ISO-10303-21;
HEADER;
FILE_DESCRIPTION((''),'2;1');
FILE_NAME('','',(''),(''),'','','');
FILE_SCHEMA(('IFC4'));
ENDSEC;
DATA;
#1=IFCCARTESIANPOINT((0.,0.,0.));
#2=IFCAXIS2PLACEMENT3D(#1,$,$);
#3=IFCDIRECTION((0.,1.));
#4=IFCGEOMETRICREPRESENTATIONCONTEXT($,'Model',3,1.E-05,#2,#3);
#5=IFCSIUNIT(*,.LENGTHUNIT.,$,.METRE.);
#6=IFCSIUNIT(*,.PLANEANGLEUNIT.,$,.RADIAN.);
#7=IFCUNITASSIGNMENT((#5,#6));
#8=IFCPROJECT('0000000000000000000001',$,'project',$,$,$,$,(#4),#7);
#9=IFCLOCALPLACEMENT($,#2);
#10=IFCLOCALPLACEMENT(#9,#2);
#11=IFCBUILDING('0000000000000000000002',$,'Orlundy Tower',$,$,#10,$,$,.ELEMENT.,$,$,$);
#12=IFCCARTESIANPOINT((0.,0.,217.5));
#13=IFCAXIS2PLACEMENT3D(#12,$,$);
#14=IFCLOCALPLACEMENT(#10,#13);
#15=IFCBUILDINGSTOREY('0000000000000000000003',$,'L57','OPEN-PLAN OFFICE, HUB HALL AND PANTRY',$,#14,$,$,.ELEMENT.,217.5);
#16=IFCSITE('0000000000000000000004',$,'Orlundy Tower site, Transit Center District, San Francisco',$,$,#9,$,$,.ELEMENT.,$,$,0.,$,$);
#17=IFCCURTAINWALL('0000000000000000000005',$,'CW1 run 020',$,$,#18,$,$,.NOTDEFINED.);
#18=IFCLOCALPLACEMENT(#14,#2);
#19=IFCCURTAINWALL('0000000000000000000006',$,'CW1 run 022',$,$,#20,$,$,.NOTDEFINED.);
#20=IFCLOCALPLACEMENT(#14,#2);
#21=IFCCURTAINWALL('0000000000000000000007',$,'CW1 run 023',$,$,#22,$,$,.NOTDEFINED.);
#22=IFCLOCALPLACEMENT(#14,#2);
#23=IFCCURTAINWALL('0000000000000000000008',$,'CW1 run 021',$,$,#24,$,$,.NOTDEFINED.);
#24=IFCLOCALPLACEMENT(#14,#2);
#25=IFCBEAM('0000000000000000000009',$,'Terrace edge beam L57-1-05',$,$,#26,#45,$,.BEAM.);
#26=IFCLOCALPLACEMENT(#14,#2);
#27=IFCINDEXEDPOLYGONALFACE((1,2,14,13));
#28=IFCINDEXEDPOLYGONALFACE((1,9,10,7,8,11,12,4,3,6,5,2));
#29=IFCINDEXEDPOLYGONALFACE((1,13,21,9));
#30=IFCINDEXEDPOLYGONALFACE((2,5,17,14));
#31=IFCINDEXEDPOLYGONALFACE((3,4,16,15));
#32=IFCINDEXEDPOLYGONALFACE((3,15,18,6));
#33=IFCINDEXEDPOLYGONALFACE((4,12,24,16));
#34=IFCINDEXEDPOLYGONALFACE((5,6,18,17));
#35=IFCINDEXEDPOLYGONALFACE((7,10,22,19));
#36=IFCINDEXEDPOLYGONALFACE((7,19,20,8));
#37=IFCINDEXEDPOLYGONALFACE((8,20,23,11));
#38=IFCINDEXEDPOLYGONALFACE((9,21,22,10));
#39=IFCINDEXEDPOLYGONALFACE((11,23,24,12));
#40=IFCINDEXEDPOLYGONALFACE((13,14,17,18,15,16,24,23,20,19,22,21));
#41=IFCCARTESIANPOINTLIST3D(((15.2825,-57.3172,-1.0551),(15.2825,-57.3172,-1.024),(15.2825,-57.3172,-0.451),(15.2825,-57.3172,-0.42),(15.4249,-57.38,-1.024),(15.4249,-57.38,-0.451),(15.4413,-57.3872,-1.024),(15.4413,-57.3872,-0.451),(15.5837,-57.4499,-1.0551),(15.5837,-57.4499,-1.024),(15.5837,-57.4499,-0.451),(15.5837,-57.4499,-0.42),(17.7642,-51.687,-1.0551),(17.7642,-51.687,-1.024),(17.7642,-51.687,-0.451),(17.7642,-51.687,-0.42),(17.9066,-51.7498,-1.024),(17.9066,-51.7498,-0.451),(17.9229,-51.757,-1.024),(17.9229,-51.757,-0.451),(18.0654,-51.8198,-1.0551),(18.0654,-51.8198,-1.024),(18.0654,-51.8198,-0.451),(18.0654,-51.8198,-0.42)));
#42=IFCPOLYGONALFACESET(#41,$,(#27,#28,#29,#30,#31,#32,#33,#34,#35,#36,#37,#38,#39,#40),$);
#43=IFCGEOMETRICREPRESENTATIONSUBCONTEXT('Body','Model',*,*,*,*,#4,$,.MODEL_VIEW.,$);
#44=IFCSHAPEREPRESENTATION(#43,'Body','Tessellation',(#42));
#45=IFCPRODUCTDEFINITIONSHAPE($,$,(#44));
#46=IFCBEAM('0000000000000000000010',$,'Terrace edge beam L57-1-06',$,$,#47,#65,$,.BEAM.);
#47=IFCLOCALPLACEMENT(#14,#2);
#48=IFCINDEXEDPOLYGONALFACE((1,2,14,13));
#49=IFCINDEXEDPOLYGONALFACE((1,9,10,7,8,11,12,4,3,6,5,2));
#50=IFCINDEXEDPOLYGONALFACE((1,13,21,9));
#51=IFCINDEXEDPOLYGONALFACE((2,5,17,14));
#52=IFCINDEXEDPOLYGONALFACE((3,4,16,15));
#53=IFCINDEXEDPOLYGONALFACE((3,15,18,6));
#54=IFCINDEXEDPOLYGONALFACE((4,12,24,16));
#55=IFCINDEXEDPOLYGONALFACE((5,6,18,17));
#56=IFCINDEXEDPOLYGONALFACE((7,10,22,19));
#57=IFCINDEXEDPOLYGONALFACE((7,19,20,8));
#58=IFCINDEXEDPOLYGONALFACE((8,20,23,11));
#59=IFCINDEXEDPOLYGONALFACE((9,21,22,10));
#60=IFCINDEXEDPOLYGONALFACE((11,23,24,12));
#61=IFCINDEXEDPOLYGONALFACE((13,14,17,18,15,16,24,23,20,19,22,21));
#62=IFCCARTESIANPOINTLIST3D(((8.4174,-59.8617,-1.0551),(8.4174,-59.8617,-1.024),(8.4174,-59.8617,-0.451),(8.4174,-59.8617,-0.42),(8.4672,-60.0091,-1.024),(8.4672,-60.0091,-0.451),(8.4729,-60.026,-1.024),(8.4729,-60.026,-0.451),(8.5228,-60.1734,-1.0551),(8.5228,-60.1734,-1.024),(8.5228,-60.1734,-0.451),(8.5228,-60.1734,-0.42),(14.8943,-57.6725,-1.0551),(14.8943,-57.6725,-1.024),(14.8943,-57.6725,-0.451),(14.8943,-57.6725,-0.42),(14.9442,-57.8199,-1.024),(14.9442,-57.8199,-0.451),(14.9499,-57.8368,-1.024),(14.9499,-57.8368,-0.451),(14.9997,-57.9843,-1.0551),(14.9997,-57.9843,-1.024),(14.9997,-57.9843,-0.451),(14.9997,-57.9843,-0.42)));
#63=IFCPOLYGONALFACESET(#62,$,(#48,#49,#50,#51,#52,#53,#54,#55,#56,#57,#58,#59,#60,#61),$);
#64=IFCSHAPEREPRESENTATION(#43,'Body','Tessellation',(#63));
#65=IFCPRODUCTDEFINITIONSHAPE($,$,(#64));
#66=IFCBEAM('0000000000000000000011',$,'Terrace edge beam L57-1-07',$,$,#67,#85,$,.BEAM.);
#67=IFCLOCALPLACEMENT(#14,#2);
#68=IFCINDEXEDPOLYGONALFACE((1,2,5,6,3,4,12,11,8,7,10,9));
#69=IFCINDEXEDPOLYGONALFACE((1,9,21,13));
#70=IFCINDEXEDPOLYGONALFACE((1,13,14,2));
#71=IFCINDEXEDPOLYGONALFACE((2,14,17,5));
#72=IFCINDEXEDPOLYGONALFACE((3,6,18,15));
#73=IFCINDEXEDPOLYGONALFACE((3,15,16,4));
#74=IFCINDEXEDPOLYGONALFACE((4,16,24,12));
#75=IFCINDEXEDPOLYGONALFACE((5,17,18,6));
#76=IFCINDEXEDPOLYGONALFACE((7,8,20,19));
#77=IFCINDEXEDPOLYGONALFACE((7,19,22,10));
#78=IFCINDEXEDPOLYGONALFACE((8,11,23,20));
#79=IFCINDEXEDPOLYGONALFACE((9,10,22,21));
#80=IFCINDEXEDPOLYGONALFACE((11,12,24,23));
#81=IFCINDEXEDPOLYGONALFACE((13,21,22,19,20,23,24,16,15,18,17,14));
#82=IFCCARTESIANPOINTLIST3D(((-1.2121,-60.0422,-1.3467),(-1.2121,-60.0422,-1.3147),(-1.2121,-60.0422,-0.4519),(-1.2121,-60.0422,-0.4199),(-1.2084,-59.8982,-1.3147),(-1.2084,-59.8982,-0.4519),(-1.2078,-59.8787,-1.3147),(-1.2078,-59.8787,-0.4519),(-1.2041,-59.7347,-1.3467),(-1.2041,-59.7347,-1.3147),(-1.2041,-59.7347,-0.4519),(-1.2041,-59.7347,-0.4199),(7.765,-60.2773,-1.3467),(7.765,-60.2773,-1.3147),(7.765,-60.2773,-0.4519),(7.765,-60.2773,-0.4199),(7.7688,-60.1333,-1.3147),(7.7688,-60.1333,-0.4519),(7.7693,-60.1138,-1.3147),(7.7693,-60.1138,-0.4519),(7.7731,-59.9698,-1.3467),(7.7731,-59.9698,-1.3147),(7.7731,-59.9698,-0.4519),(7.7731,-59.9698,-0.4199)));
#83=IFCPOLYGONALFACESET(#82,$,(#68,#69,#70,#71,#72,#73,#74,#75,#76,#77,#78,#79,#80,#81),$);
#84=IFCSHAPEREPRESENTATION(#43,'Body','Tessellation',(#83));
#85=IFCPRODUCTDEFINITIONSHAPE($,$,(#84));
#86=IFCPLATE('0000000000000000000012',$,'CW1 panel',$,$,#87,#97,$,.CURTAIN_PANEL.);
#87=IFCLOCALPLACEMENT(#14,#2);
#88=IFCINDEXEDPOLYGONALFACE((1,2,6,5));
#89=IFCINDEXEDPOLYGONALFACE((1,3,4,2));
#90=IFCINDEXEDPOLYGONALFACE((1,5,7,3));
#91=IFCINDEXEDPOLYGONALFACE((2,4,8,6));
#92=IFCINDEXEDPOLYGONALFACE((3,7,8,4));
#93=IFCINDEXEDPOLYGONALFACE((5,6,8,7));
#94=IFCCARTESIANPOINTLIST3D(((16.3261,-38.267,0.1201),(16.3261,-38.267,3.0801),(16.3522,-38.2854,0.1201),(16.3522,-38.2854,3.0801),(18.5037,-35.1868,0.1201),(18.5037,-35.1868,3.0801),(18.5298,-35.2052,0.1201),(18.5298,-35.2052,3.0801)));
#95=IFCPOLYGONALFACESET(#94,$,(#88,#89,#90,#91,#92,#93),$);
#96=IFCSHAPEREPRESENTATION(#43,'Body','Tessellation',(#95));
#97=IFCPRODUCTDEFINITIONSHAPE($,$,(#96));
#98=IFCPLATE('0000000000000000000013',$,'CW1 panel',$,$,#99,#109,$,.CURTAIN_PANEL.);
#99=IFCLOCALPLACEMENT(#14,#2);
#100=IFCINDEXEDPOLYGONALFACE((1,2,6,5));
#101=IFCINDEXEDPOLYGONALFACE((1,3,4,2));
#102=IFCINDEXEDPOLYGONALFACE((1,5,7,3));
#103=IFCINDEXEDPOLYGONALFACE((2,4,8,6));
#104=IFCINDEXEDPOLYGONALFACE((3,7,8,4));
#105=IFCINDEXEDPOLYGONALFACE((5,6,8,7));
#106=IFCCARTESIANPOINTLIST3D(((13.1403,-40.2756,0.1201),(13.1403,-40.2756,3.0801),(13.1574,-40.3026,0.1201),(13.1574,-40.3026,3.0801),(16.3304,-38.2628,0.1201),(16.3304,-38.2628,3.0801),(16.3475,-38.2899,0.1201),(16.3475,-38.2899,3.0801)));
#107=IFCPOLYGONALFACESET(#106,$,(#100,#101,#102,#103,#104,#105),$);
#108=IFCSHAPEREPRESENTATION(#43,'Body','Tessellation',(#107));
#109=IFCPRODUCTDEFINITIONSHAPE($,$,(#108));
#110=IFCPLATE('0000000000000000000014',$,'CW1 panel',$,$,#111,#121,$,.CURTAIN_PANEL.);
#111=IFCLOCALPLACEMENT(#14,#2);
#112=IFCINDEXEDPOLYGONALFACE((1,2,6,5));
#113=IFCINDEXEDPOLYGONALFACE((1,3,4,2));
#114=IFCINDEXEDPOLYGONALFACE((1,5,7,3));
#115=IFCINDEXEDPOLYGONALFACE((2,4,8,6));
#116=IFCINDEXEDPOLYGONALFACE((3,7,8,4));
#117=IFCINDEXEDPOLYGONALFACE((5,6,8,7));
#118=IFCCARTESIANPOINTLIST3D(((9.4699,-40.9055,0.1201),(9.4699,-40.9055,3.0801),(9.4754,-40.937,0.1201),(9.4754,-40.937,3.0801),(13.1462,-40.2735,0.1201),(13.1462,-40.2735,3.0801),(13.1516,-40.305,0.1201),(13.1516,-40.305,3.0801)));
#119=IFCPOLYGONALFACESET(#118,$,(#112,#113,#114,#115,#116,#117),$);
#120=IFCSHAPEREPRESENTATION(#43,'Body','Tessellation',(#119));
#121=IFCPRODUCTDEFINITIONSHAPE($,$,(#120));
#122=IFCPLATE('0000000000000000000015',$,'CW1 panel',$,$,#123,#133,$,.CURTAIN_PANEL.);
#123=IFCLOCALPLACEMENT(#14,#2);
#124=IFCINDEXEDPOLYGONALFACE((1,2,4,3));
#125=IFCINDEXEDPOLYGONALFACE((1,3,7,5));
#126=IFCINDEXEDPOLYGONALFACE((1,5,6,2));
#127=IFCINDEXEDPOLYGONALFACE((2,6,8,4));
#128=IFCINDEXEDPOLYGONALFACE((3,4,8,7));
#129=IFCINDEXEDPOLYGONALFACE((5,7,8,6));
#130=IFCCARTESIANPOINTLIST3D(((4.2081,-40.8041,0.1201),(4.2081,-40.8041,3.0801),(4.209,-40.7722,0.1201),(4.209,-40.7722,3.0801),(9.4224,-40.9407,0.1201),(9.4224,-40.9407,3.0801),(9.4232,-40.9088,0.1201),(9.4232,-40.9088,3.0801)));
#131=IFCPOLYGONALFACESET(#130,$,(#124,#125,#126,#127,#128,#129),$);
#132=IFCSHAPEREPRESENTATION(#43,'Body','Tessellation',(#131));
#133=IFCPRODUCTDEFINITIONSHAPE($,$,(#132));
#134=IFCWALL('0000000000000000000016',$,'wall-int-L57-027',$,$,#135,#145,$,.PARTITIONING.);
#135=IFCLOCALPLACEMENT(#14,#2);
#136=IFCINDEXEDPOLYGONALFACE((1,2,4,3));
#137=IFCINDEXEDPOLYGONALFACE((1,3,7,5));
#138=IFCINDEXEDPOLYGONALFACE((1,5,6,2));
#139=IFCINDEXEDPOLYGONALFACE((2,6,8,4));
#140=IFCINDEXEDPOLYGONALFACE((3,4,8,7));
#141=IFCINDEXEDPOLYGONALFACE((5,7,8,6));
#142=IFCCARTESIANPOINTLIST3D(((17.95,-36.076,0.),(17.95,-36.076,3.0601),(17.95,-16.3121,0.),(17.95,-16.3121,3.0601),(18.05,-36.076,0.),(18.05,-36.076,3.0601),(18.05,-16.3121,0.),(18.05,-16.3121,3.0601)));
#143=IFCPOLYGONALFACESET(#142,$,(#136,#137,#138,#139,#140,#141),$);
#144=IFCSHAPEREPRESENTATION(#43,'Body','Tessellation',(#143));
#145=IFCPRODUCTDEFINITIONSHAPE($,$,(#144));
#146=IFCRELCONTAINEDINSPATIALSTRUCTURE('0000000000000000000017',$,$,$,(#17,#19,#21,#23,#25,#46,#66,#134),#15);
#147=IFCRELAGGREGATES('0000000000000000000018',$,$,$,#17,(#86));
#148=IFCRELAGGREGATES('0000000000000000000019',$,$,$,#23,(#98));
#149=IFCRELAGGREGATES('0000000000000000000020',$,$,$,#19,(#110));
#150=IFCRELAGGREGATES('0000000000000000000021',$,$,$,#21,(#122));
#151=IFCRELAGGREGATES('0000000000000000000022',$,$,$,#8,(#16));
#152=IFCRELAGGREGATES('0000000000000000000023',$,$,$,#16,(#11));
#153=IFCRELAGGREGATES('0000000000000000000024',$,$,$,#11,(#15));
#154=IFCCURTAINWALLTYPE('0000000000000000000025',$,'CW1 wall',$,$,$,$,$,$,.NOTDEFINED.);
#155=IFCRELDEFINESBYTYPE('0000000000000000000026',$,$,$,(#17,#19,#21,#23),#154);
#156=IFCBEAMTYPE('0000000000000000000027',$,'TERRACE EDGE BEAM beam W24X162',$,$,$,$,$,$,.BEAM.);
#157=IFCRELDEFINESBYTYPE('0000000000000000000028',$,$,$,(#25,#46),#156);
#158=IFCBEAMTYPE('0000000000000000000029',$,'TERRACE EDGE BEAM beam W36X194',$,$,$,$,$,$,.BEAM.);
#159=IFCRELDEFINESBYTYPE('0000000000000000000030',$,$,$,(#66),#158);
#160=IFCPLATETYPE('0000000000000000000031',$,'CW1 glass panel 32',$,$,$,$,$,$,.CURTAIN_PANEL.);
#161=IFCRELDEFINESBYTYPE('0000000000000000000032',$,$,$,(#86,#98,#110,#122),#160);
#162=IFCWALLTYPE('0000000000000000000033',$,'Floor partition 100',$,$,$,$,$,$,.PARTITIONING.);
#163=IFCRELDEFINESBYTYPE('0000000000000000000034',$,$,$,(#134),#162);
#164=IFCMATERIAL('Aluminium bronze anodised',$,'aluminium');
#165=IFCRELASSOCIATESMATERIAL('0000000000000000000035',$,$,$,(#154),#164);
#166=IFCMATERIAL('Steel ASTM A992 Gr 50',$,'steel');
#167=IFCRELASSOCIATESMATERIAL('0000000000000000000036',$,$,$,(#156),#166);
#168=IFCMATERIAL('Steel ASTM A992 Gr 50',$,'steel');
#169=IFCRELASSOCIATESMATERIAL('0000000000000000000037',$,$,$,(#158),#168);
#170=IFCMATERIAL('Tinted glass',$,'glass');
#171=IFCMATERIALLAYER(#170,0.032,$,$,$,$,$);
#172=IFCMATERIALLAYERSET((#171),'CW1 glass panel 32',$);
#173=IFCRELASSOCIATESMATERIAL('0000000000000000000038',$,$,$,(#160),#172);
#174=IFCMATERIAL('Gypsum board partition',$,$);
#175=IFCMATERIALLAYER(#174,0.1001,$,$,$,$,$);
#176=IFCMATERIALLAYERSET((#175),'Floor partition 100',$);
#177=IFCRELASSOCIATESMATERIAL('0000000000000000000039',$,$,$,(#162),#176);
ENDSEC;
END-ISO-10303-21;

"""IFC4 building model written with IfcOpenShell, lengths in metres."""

from ifc_helpers import new_model, si_unit, direction, frame, frame_2d, origin, origin_2d, place, context, subcontext, project, spatial, rectangle, i_section, extrude, material, layer, layer_set, material_profile, profile_set, type_object, element, aggregate, save


model = new_model("IFC4")

# Units and contexts
model_context = context("Model", 3, precision=1e-05, world=origin(), true_north=direction((0.0, 1.0)))
body_context = subcontext(model_context, "Body", "Model", "MODEL_VIEW")
ifc_project = project(units=[si_unit("LENGTHUNIT", "METRE"), si_unit("PLANEANGLEUNIT", "RADIAN")], contexts=[model_context])

# Site, building, storey
site_placement = place(None, origin())
site = spatial("IfcSite", under=ifc_project, at=site_placement, Name="Orlundy Tower site, Transit Center District, San Francisco", CompositionType="ELEMENT", RefElevation=0.0)
building_placement = place(site_placement, origin())
building = spatial("IfcBuilding", under=site, at=building_placement, Name="Orlundy Tower", CompositionType="ELEMENT")
storey_placement = place(building_placement, frame((0.0, 0.0, 217.5)))
storey = spatial("IfcBuildingStorey", under=building, at=storey_placement, Name="L57", Description="OPEN-PLAN OFFICE, HUB HALL AND PANTRY", CompositionType="ELEMENT", Elevation=217.5)

# Curtain walls
ifc_material_1 = material(Name="Aluminium bronze anodised", Category="aluminium")
curtain_wall_type = type_object("IfcCurtainWallType", Name="CW1 wall", PredefinedType="NOTDEFINED", material=ifc_material_1)
curtain_wall_1_placement = place(storey_placement, origin())
curtain_wall_1 = element("IfcCurtainWall", 1, at=curtain_wall_1_placement, inside=storey, type_object=curtain_wall_type, Name="CW1 run 020", PredefinedType="NOTDEFINED")
curtain_wall_2_placement = place(storey_placement, origin())
curtain_wall_2 = element("IfcCurtainWall", 2, at=curtain_wall_2_placement, inside=storey, type_object=curtain_wall_type, Name="CW1 run 022", PredefinedType="NOTDEFINED")
curtain_wall_3_placement = place(storey_placement, origin())
curtain_wall_3 = element("IfcCurtainWall", 3, at=curtain_wall_3_placement, inside=storey, type_object=curtain_wall_type, Name="CW1 run 023", PredefinedType="NOTDEFINED")

# Curtain wall
curtain_wall_4_placement = place(storey_placement, origin())
curtain_wall_4 = element("IfcCurtainWall", 4, at=curtain_wall_4_placement, inside=storey, type_object=curtain_wall_type, Name="CW1 run 021", PredefinedType="NOTDEFINED")

# Beams
ifc_material_2 = material(Name="Steel ASTM A992 Gr 50", Category="steel")
ifc_material_profile_1 = material_profile(ifc_material_2, i_section(OverallWidth=0.3291, OverallDepth=0.635, WebThickness=0.0178, FlangeThickness=0.031, at=origin_2d()), Name="W24X162")
ifc_profile_set_1 = profile_set([ifc_material_profile_1], Name="Steel ASTM A992 Gr 50")
beam_type_1 = type_object("IfcBeamType", Name="TERRACE EDGE BEAM beam W24X162", PredefinedType="BEAM", material=ifc_profile_set_1)
beam_1_placement = place(storey_placement, frame((17.9148, -51.7534, -0.7375), z_axis=(-0.403342, -0.915049, 0.0), x_axis=(0.915049, -0.403342, 0.0)))
element("IfcBeam", 5, at=beam_1_placement, inside=storey, type_object=beam_type_1, Name="Terrace edge beam L57-1-05", PredefinedType="BEAM", context=body_context, shape_type="SweptSolid", body=[
    extrude(i_section(OverallWidth=0.3291, OverallDepth=0.635, WebThickness=0.0178, FlangeThickness=0.031, at=origin_2d()), origin(), (0.0, 0.0, 1.0), 6.1528),
])
beam_2_placement = place(storey_placement, frame((14.947, -57.8284, -0.7375), z_axis=(-0.94735, -0.320199, 0.0), x_axis=(0.320199, -0.94735, 0.0)))
element("IfcBeam", 6, at=beam_2_placement, inside=storey, type_object=beam_type_1, Name="Terrace edge beam L57-1-06", PredefinedType="BEAM", context=body_context, shape_type="SweptSolid", body=[
    extrude(i_section(OverallWidth=0.3291, OverallDepth=0.635, WebThickness=0.0178, FlangeThickness=0.031, at=origin_2d()), origin(), (0.0, 0.0, 1.0), 6.8369),
])
ifc_material_3 = material(Name="Steel ASTM A992 Gr 50", Category="steel")
ifc_material_profile_2 = material_profile(ifc_material_3, i_section(OverallWidth=0.3076, OverallDepth=0.9268, WebThickness=0.0195, FlangeThickness=0.032, at=origin_2d()), Name="W36X194")
ifc_profile_set_2 = profile_set([ifc_material_profile_2], Name="Steel ASTM A992 Gr 50")
beam_type_2 = type_object("IfcBeamType", Name="TERRACE EDGE BEAM beam W36X194", PredefinedType="BEAM", material=ifc_profile_set_2)
beam_3_placement = place(storey_placement, frame((7.769, -60.1235, -0.8833), z_axis=(-0.999657, 0.026181, 0.0), x_axis=(-0.026181, -0.999657, 0.0)))
element("IfcBeam", 7, at=beam_3_placement, inside=storey, type_object=beam_type_2, Name="Terrace edge beam L57-1-07", PredefinedType="BEAM", context=body_context, shape_type="SweptSolid", body=[
    extrude(i_section(OverallWidth=0.3076, OverallDepth=0.9268, WebThickness=0.0195, FlangeThickness=0.032, at=origin_2d()), origin(), (0.0, 0.0, 1.0), 8.9802),
])

# Plates
ifc_material_4 = material(Name="Tinted glass", Category="glass")
ifc_layer_1 = layer(ifc_material_4, 0.032)
ifc_layer_set_1 = layer_set([ifc_layer_1], Name="CW1 glass panel 32")
plate_type = type_object("IfcPlateType", Name="CW1 glass panel 32", PredefinedType="CURTAIN_PANEL", material=ifc_layer_set_1)
plate_1_placement = place(storey_placement, frame((17.428, -36.7361, 0.1201), z_axis=(0.0, 0.0, 1.0), x_axis=(-0.577276, -0.816549, 0.0)))
plate_1 = element("IfcPlate", 8, at=plate_1_placement, type_object=plate_type, Name="CW1 panel", PredefinedType="CURTAIN_PANEL", context=body_context, shape_type="SweptSolid", body=[
    extrude(rectangle(XDim=3.7722, YDim=0.032, at=origin_2d()), origin(), (0.0, 0.0, 1.0), 2.96),
])
aggregate(curtain_wall_1, [plate_1])
plate_2_placement = place(storey_placement, frame((14.7439, -39.2827, 0.1201), z_axis=(0.0, 0.0, 1.0), x_axis=(-0.845732, -0.533607, 0.0)))
plate_2 = element("IfcPlate", 9, at=plate_2_placement, type_object=plate_type, Name="CW1 panel", PredefinedType="CURTAIN_PANEL", context=body_context, shape_type="SweptSolid", body=[
    extrude(rectangle(XDim=3.772, YDim=0.032, at=origin_2d()), origin(), (0.0, 0.0, 1.0), 2.96),
])
aggregate(curtain_wall_4, [plate_2])
plate_3_placement = place(storey_placement, frame((11.3108, -40.6052, 0.1201), z_axis=(0.0, 0.0, 1.0), x_axis=(-0.985543, -0.169428, 0.0)))
plate_3 = element("IfcPlate", 10, at=plate_3_placement, type_object=plate_type, Name="CW1 panel", PredefinedType="CURTAIN_PANEL", context=body_context, shape_type="SweptSolid", body=[
    extrude(rectangle(XDim=3.7302, YDim=0.032, at=origin_2d()), origin(), (0.0, 0.0, 1.0), 2.96),
])
aggregate(curtain_wall_2, [plate_3])
plate_4_placement = place(storey_placement, frame((6.8157, -40.8564, 0.1201), z_axis=(0.0, 0.0, 1.0), x_axis=(-0.999657, 0.02619, 0.0)))
plate_4 = element("IfcPlate", 11, at=plate_4_placement, type_object=plate_type, Name="CW1 panel", PredefinedType="CURTAIN_PANEL", context=body_context, shape_type="SweptSolid", body=[
    extrude(rectangle(XDim=5.2161, YDim=0.032, at=origin_2d()), origin(), (0.0, 0.0, 1.0), 2.96),
])
aggregate(curtain_wall_3, [plate_4])

# Wall
ifc_material_5 = material(Name="Gypsum board partition")
ifc_layer_2 = layer(ifc_material_5, 0.1001)
ifc_layer_set_2 = layer_set([ifc_layer_2], Name="Floor partition 100")
wall_type = type_object("IfcWallType", Name="Floor partition 100", PredefinedType="PARTITIONING", material=ifc_layer_set_2)
wall_placement = place(storey_placement, frame((18.0, -36.0759, 0.0), z_axis=(0.0, 0.0, 1.0), x_axis=(0.0, 1.0, 0.0)))
element("IfcWall", 12, at=wall_placement, inside=storey, type_object=wall_type, Name="wall-int-L57-027", PredefinedType="PARTITIONING", context=body_context, shape_type="SweptSolid", body=[
    extrude(rectangle(XDim=19.7639, YDim=0.1001, at=frame_2d((9.8818, 0.0))), origin(), (0.0, 0.0, 1.0), 3.0601),
])

save(model, "model.ifc")
